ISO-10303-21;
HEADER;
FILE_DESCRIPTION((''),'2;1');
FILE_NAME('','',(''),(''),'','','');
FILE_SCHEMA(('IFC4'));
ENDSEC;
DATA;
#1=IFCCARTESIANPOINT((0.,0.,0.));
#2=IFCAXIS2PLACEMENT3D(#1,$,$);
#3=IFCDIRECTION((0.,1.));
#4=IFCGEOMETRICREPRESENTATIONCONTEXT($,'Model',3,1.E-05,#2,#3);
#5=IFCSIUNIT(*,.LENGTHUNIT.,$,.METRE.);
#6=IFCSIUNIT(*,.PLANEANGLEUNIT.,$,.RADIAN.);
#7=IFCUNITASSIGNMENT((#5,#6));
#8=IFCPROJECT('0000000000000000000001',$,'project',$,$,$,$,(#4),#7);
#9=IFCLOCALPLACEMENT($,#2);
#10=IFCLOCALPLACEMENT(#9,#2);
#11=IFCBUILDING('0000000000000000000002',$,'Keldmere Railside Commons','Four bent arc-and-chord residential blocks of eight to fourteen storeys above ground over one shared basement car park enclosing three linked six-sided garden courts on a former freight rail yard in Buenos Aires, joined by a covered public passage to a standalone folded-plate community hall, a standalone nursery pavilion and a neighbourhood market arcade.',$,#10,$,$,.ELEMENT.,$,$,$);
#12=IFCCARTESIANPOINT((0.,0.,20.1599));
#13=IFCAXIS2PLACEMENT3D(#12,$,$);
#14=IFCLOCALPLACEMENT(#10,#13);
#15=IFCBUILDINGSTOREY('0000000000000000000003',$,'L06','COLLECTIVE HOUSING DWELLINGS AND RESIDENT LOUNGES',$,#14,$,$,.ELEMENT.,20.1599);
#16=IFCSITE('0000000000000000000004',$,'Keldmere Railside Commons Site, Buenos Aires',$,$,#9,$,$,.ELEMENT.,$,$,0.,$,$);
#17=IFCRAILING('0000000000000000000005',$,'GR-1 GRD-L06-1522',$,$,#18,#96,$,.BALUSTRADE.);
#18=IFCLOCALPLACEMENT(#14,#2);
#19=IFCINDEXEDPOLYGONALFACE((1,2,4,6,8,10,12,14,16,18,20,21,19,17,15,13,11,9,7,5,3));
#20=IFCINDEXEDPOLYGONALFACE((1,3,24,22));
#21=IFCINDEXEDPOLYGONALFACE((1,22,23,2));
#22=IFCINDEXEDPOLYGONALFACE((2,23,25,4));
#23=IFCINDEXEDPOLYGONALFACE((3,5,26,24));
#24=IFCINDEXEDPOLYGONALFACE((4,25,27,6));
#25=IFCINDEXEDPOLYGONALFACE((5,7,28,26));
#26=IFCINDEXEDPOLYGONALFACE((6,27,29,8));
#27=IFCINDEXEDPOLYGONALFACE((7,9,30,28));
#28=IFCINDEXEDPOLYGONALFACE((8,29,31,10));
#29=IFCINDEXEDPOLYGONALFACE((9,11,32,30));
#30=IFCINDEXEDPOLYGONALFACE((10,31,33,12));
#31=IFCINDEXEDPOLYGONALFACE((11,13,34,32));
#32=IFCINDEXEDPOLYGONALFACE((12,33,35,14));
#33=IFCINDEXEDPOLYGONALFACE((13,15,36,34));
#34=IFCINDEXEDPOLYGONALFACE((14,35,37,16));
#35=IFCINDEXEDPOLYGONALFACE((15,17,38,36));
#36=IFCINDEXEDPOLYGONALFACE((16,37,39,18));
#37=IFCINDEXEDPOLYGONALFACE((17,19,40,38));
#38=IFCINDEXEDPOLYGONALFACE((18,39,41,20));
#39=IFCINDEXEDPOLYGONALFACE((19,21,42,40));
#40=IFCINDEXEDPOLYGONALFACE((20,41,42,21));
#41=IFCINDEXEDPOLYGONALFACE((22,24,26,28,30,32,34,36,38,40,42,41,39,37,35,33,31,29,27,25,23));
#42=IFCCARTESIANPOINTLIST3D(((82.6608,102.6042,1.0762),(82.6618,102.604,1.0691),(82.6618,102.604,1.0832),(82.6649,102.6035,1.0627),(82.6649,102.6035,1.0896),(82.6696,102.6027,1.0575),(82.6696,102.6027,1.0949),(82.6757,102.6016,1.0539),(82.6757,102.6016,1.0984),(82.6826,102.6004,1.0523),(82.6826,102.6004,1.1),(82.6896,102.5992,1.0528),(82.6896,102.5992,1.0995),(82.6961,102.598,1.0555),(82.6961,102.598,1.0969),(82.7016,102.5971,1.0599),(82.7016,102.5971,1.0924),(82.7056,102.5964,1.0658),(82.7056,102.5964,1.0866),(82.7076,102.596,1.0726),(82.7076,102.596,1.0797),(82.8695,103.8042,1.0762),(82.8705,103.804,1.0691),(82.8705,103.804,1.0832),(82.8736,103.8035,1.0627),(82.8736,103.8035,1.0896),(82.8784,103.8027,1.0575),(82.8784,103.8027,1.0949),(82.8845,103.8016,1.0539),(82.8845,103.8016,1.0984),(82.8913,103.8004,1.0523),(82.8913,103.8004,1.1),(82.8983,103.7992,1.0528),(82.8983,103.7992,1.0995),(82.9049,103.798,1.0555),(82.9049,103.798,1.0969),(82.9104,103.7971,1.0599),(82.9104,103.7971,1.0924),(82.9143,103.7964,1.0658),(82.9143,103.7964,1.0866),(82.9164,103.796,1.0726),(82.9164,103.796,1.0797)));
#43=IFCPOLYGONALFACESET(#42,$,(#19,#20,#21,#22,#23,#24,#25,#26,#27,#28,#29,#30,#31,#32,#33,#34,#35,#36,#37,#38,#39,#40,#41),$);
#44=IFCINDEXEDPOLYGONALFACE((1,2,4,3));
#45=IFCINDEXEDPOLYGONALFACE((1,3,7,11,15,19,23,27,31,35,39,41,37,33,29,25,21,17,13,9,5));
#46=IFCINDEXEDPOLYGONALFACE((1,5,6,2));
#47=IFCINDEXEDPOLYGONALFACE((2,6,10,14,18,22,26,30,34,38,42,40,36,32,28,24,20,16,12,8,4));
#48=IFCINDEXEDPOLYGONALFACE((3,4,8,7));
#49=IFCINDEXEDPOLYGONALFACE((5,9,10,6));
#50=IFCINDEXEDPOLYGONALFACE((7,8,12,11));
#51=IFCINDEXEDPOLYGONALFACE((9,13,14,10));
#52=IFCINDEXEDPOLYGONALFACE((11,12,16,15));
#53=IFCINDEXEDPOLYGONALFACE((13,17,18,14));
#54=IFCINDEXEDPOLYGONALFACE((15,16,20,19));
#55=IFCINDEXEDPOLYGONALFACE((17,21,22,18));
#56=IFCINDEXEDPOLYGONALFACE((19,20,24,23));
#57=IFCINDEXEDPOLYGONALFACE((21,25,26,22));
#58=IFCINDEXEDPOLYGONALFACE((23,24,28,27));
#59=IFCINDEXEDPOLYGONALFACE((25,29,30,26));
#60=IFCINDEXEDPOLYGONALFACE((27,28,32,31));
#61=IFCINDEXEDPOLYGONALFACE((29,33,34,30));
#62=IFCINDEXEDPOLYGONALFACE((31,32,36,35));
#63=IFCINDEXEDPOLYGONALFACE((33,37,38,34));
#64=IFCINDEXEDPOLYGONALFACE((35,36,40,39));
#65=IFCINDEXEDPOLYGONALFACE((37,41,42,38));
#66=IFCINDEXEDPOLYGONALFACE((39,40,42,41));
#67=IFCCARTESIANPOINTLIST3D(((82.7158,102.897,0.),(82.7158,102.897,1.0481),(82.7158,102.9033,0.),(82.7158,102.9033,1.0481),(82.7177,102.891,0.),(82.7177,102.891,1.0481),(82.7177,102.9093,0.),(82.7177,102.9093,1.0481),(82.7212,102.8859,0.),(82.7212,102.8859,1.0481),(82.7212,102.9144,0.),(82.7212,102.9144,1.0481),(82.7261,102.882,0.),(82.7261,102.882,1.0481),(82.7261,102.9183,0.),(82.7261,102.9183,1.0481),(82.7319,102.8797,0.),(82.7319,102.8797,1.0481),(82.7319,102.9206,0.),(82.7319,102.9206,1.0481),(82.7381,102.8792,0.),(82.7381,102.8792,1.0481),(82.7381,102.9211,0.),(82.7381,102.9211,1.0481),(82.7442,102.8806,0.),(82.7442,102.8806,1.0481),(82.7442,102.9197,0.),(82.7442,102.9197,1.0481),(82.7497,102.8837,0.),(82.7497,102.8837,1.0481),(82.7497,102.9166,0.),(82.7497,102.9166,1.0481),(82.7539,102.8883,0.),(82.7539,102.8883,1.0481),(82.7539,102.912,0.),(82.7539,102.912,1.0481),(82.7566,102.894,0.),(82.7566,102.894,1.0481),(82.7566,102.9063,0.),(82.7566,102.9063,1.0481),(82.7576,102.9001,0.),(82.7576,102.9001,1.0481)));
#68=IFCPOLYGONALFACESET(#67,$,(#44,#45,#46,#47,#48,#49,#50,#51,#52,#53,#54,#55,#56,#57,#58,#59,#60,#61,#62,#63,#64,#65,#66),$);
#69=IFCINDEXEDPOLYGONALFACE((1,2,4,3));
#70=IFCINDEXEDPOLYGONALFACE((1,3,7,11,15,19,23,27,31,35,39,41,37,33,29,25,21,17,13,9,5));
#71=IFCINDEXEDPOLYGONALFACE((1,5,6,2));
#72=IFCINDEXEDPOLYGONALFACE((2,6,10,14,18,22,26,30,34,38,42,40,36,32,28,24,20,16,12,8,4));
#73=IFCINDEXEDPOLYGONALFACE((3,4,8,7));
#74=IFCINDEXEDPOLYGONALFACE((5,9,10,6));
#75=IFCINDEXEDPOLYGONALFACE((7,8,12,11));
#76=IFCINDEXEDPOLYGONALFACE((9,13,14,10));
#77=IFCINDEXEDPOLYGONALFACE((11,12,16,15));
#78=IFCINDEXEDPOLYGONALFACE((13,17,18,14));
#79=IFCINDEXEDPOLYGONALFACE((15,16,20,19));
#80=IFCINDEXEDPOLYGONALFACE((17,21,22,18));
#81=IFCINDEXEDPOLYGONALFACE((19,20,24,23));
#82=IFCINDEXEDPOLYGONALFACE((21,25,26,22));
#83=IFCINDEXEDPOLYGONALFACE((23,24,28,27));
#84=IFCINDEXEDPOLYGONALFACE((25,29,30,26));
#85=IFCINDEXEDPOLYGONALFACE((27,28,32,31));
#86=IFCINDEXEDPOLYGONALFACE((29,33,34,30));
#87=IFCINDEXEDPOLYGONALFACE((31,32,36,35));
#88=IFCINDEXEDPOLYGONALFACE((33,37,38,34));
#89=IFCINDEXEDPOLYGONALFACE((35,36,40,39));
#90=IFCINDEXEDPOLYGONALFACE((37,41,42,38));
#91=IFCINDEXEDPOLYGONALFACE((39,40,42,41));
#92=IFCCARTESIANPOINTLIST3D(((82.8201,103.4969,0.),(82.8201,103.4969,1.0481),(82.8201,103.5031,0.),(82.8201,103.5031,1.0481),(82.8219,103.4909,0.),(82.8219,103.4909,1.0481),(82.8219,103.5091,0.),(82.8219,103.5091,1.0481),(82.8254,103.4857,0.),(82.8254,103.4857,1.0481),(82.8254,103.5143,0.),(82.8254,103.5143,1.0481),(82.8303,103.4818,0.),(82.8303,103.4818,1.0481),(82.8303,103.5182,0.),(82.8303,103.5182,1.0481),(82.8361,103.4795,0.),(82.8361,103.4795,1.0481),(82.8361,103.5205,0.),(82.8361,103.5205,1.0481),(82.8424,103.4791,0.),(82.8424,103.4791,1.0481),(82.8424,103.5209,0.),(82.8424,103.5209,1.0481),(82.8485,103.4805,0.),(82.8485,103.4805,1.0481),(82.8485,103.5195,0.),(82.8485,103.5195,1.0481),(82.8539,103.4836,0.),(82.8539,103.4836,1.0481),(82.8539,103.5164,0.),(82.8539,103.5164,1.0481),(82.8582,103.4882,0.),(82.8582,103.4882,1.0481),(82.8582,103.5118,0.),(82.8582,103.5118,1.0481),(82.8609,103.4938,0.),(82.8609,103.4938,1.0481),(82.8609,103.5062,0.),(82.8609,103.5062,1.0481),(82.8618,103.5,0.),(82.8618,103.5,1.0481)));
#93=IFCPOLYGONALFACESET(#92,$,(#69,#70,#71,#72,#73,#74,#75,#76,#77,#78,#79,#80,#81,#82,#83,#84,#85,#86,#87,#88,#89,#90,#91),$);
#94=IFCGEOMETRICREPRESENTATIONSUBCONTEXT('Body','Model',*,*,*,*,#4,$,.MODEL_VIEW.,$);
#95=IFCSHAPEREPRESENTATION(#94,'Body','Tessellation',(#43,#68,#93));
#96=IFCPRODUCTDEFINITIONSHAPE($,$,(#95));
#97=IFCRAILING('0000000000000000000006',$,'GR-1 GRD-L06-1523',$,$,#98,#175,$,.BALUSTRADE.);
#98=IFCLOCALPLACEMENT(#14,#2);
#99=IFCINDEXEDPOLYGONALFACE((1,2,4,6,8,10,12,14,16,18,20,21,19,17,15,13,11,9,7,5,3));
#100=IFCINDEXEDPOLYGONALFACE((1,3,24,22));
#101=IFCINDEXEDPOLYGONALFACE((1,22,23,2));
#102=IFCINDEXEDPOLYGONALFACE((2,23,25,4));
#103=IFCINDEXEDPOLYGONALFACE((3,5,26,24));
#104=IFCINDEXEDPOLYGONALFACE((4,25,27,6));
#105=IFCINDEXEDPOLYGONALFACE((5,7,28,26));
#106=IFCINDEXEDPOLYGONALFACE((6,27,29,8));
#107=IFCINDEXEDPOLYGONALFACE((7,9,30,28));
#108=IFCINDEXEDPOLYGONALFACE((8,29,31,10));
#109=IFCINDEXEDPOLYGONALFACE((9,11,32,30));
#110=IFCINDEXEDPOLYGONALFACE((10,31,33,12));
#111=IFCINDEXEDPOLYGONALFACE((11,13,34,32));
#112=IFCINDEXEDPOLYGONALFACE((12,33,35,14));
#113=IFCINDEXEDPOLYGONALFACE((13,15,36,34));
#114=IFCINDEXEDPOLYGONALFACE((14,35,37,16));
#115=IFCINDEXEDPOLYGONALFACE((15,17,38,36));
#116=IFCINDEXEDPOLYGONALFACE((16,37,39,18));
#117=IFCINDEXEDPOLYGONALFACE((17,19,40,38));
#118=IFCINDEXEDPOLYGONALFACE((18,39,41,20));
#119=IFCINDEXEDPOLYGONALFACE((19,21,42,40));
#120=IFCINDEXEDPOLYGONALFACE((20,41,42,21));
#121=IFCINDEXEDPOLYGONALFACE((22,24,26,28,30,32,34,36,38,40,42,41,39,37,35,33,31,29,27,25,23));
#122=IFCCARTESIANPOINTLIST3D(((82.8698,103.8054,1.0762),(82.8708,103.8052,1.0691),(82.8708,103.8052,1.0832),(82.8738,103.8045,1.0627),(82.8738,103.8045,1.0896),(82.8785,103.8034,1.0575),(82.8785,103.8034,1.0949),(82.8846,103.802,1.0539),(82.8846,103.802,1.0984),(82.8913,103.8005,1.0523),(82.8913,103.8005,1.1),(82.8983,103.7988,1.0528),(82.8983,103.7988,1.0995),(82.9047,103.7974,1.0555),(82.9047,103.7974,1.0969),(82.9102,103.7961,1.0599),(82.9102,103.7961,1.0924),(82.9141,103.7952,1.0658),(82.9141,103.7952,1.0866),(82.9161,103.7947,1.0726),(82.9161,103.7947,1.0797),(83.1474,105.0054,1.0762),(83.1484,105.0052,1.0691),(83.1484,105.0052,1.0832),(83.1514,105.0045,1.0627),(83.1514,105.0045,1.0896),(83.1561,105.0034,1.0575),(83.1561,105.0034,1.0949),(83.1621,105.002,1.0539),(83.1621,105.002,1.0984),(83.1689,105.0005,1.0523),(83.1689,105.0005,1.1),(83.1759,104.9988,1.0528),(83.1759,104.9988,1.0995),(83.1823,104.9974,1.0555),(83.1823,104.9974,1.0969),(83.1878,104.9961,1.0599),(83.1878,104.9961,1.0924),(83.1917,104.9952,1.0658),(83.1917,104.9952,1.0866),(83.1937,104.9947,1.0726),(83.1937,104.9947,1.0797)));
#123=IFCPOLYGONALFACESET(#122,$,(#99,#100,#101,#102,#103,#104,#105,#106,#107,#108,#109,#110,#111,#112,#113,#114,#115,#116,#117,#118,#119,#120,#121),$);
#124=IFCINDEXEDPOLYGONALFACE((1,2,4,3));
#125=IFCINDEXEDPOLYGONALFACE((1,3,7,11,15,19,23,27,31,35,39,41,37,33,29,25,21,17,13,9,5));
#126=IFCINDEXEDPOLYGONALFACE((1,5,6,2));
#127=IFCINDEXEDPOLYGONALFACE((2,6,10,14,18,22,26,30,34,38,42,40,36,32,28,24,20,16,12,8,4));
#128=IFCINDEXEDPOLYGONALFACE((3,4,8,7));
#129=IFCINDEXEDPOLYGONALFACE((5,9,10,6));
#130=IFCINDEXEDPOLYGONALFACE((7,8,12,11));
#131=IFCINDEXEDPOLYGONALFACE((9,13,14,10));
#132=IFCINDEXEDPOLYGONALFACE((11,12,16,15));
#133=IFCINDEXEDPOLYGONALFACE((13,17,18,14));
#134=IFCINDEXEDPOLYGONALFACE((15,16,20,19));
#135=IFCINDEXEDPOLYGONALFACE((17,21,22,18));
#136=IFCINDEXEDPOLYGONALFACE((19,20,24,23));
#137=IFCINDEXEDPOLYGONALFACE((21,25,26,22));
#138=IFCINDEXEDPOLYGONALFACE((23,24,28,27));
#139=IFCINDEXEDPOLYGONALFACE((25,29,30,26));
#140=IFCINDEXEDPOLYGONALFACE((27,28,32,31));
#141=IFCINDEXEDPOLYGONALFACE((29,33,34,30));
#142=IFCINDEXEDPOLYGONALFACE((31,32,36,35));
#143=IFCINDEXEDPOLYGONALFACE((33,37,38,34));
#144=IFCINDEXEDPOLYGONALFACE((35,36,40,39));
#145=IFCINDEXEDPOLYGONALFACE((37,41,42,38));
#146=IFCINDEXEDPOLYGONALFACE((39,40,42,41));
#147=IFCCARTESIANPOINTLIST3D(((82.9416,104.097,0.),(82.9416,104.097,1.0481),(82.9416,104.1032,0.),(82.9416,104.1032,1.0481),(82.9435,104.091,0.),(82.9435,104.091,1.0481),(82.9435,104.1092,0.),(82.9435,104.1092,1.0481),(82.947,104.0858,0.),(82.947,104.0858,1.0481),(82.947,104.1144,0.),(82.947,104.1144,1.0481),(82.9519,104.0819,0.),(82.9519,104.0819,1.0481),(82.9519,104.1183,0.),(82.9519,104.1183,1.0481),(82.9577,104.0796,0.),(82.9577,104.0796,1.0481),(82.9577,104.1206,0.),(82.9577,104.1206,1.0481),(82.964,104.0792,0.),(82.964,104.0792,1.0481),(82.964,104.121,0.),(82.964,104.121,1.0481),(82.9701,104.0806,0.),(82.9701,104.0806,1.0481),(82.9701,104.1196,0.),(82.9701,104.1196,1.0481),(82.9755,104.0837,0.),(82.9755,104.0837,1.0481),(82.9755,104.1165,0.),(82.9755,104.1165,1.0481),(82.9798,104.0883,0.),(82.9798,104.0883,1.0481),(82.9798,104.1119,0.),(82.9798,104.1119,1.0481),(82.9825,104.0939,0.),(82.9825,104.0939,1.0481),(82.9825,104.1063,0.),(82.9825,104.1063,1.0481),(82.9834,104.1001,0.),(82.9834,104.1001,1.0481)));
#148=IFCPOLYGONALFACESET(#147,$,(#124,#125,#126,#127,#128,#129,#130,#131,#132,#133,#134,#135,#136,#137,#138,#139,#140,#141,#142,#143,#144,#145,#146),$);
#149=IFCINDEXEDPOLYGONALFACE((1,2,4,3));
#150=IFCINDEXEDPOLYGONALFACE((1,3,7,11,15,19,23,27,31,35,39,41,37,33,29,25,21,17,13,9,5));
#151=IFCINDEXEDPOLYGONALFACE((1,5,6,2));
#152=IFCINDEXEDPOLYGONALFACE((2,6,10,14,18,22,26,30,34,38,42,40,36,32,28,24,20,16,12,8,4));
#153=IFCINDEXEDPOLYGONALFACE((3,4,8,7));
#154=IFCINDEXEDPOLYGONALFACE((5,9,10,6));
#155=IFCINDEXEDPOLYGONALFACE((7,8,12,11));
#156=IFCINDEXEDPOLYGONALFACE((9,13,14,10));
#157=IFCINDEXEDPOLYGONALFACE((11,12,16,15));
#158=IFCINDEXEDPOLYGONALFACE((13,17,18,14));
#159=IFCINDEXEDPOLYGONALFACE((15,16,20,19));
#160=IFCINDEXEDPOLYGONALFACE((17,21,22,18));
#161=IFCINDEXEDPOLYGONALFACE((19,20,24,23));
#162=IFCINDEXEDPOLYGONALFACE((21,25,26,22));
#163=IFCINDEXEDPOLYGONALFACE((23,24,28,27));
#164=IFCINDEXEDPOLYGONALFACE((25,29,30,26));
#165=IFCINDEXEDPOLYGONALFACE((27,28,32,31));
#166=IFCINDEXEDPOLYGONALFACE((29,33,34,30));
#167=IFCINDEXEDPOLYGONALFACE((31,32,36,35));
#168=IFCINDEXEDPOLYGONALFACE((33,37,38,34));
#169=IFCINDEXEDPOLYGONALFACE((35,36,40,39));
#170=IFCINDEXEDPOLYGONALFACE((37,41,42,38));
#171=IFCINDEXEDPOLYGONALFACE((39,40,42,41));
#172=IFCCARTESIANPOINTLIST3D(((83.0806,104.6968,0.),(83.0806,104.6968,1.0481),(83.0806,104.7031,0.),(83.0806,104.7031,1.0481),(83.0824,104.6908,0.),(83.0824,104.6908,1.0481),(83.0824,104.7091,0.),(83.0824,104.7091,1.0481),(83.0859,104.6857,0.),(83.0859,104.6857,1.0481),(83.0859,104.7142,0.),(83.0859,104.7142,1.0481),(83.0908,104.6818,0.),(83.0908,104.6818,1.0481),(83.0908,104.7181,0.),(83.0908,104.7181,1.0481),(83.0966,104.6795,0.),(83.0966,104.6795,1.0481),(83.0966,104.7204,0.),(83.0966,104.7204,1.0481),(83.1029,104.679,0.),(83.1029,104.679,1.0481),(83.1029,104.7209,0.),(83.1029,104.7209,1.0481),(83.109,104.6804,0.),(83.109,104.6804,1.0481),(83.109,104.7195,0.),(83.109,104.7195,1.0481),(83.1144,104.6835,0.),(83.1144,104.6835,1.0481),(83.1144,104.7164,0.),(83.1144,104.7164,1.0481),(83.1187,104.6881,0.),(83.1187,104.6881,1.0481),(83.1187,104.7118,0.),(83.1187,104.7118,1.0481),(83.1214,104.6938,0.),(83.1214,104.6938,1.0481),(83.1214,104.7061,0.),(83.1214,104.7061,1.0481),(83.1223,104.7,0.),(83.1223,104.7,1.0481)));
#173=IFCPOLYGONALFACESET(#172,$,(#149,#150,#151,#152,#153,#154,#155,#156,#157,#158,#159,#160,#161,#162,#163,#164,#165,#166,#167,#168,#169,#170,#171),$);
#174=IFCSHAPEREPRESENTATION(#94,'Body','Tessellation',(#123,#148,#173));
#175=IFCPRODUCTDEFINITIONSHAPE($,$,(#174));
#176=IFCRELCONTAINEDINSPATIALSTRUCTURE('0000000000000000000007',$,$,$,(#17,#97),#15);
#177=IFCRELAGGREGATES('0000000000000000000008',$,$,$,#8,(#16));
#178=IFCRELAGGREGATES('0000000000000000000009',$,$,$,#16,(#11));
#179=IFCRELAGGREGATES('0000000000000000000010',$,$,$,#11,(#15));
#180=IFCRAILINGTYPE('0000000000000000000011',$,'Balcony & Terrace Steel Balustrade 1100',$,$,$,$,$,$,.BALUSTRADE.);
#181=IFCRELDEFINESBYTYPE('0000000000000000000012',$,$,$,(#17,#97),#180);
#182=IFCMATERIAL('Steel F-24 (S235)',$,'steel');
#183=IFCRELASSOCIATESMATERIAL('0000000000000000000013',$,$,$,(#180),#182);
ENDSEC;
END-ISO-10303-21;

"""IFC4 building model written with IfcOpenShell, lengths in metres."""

from ifc_helpers import new_model, si_unit, direction, frame, origin, origin_2d, place, context, subcontext, project, spatial, circle, extrude, material, type_object, element, save


model = new_model("IFC4")

# Units and contexts
model_context = context("Model", 3, precision=1e-05, world=origin(), true_north=direction((0.0, 1.0)))
body_context = subcontext(model_context, "Body", "Model", "MODEL_VIEW")
ifc_project = project(units=[si_unit("LENGTHUNIT", "METRE"), si_unit("PLANEANGLEUNIT", "RADIAN")], contexts=[model_context])

# Site, building, storey
site_placement = place(None, origin())
site = spatial("IfcSite", under=ifc_project, at=site_placement, Name="Keldmere Railside Commons Site, Buenos Aires", CompositionType="ELEMENT", RefElevation=0.0)
building_placement = place(site_placement, origin())
building = spatial("IfcBuilding", under=site, at=building_placement, Name="Keldmere Railside Commons", Description="Four bent arc-and-chord residential blocks of eight to fourteen storeys above ground over one shared basement car park enclosing three linked six-sided garden courts on a former freight rail yard in Buenos Aires, joined by a covered public passage to a standalone folded-plate community hall, a standalone nursery pavilion and a neighbourhood market arcade.", CompositionType="ELEMENT")
storey_placement = place(building_placement, frame((0.0, 0.0, 20.1599)))
storey = spatial("IfcBuildingStorey", under=building, at=storey_placement, Name="L06", Description="COLLECTIVE HOUSING DWELLINGS AND RESIDENT LOUNGES", CompositionType="ELEMENT", Elevation=20.1599)

# Railings
ifc_material_1 = material(Name="Steel F-24 (S235)", Category="steel")
railing_type = type_object("IfcRailingType", Name="Balcony & Terrace Steel Balustrade 1100", PredefinedType="BALUSTRADE", material=ifc_material_1)
railing_1_placement = place(storey_placement, frame((82.6843, 102.6001, 0.0)))
element("IfcRailing", 1, at=railing_1_placement, inside=storey, type_object=railing_type, Name="GR-1 GRD-L06-1522", PredefinedType="BALUSTRADE", context=body_context, shape_type="SweptSolid", body=[
    extrude(circle(Radius=0.0239, at=origin_2d()), frame((0.0, 0.0, 1.0762), z_axis=(0.171383, 0.985204, 0.0), x_axis=(-0.985204, 0.171383, 0.0)), (0.0, 0.0, 1.0), 1.218),
    extrude(circle(Radius=0.021, at=origin_2d()), frame((0.0522, 0.3, 0.0)), (0.0, 0.0, 1.0), 1.0481),
    extrude(circle(Radius=0.021, at=origin_2d()), frame((0.1565, 0.8999, 0.0)), (0.0, 0.0, 1.0), 1.0481),
])
railing_2_placement = place(storey_placement, frame((82.8931, 103.8, 0.0)))
element("IfcRailing", 2, at=railing_2_placement, inside=storey, type_object=railing_type, Name="GR-1 GRD-L06-1523", PredefinedType="BALUSTRADE", context=body_context, shape_type="SweptSolid", body=[
    extrude(circle(Radius=0.0239, at=origin_2d()), frame((0.0, 0.0, 1.0762), z_axis=(0.225381, 0.974271, 0.0), x_axis=(-0.974271, 0.225381, 0.0)), (0.0, 0.0, 1.0), 1.2317),
    extrude(circle(Radius=0.021, at=origin_2d()), frame((0.0693, 0.3, 0.0)), (0.0, 0.0, 1.0), 1.0481),
    extrude(circle(Radius=0.021, at=origin_2d()), frame((0.2083, 0.8999, 0.0)), (0.0, 0.0, 1.0), 1.0481),
])

save(model, "model.ifc")
